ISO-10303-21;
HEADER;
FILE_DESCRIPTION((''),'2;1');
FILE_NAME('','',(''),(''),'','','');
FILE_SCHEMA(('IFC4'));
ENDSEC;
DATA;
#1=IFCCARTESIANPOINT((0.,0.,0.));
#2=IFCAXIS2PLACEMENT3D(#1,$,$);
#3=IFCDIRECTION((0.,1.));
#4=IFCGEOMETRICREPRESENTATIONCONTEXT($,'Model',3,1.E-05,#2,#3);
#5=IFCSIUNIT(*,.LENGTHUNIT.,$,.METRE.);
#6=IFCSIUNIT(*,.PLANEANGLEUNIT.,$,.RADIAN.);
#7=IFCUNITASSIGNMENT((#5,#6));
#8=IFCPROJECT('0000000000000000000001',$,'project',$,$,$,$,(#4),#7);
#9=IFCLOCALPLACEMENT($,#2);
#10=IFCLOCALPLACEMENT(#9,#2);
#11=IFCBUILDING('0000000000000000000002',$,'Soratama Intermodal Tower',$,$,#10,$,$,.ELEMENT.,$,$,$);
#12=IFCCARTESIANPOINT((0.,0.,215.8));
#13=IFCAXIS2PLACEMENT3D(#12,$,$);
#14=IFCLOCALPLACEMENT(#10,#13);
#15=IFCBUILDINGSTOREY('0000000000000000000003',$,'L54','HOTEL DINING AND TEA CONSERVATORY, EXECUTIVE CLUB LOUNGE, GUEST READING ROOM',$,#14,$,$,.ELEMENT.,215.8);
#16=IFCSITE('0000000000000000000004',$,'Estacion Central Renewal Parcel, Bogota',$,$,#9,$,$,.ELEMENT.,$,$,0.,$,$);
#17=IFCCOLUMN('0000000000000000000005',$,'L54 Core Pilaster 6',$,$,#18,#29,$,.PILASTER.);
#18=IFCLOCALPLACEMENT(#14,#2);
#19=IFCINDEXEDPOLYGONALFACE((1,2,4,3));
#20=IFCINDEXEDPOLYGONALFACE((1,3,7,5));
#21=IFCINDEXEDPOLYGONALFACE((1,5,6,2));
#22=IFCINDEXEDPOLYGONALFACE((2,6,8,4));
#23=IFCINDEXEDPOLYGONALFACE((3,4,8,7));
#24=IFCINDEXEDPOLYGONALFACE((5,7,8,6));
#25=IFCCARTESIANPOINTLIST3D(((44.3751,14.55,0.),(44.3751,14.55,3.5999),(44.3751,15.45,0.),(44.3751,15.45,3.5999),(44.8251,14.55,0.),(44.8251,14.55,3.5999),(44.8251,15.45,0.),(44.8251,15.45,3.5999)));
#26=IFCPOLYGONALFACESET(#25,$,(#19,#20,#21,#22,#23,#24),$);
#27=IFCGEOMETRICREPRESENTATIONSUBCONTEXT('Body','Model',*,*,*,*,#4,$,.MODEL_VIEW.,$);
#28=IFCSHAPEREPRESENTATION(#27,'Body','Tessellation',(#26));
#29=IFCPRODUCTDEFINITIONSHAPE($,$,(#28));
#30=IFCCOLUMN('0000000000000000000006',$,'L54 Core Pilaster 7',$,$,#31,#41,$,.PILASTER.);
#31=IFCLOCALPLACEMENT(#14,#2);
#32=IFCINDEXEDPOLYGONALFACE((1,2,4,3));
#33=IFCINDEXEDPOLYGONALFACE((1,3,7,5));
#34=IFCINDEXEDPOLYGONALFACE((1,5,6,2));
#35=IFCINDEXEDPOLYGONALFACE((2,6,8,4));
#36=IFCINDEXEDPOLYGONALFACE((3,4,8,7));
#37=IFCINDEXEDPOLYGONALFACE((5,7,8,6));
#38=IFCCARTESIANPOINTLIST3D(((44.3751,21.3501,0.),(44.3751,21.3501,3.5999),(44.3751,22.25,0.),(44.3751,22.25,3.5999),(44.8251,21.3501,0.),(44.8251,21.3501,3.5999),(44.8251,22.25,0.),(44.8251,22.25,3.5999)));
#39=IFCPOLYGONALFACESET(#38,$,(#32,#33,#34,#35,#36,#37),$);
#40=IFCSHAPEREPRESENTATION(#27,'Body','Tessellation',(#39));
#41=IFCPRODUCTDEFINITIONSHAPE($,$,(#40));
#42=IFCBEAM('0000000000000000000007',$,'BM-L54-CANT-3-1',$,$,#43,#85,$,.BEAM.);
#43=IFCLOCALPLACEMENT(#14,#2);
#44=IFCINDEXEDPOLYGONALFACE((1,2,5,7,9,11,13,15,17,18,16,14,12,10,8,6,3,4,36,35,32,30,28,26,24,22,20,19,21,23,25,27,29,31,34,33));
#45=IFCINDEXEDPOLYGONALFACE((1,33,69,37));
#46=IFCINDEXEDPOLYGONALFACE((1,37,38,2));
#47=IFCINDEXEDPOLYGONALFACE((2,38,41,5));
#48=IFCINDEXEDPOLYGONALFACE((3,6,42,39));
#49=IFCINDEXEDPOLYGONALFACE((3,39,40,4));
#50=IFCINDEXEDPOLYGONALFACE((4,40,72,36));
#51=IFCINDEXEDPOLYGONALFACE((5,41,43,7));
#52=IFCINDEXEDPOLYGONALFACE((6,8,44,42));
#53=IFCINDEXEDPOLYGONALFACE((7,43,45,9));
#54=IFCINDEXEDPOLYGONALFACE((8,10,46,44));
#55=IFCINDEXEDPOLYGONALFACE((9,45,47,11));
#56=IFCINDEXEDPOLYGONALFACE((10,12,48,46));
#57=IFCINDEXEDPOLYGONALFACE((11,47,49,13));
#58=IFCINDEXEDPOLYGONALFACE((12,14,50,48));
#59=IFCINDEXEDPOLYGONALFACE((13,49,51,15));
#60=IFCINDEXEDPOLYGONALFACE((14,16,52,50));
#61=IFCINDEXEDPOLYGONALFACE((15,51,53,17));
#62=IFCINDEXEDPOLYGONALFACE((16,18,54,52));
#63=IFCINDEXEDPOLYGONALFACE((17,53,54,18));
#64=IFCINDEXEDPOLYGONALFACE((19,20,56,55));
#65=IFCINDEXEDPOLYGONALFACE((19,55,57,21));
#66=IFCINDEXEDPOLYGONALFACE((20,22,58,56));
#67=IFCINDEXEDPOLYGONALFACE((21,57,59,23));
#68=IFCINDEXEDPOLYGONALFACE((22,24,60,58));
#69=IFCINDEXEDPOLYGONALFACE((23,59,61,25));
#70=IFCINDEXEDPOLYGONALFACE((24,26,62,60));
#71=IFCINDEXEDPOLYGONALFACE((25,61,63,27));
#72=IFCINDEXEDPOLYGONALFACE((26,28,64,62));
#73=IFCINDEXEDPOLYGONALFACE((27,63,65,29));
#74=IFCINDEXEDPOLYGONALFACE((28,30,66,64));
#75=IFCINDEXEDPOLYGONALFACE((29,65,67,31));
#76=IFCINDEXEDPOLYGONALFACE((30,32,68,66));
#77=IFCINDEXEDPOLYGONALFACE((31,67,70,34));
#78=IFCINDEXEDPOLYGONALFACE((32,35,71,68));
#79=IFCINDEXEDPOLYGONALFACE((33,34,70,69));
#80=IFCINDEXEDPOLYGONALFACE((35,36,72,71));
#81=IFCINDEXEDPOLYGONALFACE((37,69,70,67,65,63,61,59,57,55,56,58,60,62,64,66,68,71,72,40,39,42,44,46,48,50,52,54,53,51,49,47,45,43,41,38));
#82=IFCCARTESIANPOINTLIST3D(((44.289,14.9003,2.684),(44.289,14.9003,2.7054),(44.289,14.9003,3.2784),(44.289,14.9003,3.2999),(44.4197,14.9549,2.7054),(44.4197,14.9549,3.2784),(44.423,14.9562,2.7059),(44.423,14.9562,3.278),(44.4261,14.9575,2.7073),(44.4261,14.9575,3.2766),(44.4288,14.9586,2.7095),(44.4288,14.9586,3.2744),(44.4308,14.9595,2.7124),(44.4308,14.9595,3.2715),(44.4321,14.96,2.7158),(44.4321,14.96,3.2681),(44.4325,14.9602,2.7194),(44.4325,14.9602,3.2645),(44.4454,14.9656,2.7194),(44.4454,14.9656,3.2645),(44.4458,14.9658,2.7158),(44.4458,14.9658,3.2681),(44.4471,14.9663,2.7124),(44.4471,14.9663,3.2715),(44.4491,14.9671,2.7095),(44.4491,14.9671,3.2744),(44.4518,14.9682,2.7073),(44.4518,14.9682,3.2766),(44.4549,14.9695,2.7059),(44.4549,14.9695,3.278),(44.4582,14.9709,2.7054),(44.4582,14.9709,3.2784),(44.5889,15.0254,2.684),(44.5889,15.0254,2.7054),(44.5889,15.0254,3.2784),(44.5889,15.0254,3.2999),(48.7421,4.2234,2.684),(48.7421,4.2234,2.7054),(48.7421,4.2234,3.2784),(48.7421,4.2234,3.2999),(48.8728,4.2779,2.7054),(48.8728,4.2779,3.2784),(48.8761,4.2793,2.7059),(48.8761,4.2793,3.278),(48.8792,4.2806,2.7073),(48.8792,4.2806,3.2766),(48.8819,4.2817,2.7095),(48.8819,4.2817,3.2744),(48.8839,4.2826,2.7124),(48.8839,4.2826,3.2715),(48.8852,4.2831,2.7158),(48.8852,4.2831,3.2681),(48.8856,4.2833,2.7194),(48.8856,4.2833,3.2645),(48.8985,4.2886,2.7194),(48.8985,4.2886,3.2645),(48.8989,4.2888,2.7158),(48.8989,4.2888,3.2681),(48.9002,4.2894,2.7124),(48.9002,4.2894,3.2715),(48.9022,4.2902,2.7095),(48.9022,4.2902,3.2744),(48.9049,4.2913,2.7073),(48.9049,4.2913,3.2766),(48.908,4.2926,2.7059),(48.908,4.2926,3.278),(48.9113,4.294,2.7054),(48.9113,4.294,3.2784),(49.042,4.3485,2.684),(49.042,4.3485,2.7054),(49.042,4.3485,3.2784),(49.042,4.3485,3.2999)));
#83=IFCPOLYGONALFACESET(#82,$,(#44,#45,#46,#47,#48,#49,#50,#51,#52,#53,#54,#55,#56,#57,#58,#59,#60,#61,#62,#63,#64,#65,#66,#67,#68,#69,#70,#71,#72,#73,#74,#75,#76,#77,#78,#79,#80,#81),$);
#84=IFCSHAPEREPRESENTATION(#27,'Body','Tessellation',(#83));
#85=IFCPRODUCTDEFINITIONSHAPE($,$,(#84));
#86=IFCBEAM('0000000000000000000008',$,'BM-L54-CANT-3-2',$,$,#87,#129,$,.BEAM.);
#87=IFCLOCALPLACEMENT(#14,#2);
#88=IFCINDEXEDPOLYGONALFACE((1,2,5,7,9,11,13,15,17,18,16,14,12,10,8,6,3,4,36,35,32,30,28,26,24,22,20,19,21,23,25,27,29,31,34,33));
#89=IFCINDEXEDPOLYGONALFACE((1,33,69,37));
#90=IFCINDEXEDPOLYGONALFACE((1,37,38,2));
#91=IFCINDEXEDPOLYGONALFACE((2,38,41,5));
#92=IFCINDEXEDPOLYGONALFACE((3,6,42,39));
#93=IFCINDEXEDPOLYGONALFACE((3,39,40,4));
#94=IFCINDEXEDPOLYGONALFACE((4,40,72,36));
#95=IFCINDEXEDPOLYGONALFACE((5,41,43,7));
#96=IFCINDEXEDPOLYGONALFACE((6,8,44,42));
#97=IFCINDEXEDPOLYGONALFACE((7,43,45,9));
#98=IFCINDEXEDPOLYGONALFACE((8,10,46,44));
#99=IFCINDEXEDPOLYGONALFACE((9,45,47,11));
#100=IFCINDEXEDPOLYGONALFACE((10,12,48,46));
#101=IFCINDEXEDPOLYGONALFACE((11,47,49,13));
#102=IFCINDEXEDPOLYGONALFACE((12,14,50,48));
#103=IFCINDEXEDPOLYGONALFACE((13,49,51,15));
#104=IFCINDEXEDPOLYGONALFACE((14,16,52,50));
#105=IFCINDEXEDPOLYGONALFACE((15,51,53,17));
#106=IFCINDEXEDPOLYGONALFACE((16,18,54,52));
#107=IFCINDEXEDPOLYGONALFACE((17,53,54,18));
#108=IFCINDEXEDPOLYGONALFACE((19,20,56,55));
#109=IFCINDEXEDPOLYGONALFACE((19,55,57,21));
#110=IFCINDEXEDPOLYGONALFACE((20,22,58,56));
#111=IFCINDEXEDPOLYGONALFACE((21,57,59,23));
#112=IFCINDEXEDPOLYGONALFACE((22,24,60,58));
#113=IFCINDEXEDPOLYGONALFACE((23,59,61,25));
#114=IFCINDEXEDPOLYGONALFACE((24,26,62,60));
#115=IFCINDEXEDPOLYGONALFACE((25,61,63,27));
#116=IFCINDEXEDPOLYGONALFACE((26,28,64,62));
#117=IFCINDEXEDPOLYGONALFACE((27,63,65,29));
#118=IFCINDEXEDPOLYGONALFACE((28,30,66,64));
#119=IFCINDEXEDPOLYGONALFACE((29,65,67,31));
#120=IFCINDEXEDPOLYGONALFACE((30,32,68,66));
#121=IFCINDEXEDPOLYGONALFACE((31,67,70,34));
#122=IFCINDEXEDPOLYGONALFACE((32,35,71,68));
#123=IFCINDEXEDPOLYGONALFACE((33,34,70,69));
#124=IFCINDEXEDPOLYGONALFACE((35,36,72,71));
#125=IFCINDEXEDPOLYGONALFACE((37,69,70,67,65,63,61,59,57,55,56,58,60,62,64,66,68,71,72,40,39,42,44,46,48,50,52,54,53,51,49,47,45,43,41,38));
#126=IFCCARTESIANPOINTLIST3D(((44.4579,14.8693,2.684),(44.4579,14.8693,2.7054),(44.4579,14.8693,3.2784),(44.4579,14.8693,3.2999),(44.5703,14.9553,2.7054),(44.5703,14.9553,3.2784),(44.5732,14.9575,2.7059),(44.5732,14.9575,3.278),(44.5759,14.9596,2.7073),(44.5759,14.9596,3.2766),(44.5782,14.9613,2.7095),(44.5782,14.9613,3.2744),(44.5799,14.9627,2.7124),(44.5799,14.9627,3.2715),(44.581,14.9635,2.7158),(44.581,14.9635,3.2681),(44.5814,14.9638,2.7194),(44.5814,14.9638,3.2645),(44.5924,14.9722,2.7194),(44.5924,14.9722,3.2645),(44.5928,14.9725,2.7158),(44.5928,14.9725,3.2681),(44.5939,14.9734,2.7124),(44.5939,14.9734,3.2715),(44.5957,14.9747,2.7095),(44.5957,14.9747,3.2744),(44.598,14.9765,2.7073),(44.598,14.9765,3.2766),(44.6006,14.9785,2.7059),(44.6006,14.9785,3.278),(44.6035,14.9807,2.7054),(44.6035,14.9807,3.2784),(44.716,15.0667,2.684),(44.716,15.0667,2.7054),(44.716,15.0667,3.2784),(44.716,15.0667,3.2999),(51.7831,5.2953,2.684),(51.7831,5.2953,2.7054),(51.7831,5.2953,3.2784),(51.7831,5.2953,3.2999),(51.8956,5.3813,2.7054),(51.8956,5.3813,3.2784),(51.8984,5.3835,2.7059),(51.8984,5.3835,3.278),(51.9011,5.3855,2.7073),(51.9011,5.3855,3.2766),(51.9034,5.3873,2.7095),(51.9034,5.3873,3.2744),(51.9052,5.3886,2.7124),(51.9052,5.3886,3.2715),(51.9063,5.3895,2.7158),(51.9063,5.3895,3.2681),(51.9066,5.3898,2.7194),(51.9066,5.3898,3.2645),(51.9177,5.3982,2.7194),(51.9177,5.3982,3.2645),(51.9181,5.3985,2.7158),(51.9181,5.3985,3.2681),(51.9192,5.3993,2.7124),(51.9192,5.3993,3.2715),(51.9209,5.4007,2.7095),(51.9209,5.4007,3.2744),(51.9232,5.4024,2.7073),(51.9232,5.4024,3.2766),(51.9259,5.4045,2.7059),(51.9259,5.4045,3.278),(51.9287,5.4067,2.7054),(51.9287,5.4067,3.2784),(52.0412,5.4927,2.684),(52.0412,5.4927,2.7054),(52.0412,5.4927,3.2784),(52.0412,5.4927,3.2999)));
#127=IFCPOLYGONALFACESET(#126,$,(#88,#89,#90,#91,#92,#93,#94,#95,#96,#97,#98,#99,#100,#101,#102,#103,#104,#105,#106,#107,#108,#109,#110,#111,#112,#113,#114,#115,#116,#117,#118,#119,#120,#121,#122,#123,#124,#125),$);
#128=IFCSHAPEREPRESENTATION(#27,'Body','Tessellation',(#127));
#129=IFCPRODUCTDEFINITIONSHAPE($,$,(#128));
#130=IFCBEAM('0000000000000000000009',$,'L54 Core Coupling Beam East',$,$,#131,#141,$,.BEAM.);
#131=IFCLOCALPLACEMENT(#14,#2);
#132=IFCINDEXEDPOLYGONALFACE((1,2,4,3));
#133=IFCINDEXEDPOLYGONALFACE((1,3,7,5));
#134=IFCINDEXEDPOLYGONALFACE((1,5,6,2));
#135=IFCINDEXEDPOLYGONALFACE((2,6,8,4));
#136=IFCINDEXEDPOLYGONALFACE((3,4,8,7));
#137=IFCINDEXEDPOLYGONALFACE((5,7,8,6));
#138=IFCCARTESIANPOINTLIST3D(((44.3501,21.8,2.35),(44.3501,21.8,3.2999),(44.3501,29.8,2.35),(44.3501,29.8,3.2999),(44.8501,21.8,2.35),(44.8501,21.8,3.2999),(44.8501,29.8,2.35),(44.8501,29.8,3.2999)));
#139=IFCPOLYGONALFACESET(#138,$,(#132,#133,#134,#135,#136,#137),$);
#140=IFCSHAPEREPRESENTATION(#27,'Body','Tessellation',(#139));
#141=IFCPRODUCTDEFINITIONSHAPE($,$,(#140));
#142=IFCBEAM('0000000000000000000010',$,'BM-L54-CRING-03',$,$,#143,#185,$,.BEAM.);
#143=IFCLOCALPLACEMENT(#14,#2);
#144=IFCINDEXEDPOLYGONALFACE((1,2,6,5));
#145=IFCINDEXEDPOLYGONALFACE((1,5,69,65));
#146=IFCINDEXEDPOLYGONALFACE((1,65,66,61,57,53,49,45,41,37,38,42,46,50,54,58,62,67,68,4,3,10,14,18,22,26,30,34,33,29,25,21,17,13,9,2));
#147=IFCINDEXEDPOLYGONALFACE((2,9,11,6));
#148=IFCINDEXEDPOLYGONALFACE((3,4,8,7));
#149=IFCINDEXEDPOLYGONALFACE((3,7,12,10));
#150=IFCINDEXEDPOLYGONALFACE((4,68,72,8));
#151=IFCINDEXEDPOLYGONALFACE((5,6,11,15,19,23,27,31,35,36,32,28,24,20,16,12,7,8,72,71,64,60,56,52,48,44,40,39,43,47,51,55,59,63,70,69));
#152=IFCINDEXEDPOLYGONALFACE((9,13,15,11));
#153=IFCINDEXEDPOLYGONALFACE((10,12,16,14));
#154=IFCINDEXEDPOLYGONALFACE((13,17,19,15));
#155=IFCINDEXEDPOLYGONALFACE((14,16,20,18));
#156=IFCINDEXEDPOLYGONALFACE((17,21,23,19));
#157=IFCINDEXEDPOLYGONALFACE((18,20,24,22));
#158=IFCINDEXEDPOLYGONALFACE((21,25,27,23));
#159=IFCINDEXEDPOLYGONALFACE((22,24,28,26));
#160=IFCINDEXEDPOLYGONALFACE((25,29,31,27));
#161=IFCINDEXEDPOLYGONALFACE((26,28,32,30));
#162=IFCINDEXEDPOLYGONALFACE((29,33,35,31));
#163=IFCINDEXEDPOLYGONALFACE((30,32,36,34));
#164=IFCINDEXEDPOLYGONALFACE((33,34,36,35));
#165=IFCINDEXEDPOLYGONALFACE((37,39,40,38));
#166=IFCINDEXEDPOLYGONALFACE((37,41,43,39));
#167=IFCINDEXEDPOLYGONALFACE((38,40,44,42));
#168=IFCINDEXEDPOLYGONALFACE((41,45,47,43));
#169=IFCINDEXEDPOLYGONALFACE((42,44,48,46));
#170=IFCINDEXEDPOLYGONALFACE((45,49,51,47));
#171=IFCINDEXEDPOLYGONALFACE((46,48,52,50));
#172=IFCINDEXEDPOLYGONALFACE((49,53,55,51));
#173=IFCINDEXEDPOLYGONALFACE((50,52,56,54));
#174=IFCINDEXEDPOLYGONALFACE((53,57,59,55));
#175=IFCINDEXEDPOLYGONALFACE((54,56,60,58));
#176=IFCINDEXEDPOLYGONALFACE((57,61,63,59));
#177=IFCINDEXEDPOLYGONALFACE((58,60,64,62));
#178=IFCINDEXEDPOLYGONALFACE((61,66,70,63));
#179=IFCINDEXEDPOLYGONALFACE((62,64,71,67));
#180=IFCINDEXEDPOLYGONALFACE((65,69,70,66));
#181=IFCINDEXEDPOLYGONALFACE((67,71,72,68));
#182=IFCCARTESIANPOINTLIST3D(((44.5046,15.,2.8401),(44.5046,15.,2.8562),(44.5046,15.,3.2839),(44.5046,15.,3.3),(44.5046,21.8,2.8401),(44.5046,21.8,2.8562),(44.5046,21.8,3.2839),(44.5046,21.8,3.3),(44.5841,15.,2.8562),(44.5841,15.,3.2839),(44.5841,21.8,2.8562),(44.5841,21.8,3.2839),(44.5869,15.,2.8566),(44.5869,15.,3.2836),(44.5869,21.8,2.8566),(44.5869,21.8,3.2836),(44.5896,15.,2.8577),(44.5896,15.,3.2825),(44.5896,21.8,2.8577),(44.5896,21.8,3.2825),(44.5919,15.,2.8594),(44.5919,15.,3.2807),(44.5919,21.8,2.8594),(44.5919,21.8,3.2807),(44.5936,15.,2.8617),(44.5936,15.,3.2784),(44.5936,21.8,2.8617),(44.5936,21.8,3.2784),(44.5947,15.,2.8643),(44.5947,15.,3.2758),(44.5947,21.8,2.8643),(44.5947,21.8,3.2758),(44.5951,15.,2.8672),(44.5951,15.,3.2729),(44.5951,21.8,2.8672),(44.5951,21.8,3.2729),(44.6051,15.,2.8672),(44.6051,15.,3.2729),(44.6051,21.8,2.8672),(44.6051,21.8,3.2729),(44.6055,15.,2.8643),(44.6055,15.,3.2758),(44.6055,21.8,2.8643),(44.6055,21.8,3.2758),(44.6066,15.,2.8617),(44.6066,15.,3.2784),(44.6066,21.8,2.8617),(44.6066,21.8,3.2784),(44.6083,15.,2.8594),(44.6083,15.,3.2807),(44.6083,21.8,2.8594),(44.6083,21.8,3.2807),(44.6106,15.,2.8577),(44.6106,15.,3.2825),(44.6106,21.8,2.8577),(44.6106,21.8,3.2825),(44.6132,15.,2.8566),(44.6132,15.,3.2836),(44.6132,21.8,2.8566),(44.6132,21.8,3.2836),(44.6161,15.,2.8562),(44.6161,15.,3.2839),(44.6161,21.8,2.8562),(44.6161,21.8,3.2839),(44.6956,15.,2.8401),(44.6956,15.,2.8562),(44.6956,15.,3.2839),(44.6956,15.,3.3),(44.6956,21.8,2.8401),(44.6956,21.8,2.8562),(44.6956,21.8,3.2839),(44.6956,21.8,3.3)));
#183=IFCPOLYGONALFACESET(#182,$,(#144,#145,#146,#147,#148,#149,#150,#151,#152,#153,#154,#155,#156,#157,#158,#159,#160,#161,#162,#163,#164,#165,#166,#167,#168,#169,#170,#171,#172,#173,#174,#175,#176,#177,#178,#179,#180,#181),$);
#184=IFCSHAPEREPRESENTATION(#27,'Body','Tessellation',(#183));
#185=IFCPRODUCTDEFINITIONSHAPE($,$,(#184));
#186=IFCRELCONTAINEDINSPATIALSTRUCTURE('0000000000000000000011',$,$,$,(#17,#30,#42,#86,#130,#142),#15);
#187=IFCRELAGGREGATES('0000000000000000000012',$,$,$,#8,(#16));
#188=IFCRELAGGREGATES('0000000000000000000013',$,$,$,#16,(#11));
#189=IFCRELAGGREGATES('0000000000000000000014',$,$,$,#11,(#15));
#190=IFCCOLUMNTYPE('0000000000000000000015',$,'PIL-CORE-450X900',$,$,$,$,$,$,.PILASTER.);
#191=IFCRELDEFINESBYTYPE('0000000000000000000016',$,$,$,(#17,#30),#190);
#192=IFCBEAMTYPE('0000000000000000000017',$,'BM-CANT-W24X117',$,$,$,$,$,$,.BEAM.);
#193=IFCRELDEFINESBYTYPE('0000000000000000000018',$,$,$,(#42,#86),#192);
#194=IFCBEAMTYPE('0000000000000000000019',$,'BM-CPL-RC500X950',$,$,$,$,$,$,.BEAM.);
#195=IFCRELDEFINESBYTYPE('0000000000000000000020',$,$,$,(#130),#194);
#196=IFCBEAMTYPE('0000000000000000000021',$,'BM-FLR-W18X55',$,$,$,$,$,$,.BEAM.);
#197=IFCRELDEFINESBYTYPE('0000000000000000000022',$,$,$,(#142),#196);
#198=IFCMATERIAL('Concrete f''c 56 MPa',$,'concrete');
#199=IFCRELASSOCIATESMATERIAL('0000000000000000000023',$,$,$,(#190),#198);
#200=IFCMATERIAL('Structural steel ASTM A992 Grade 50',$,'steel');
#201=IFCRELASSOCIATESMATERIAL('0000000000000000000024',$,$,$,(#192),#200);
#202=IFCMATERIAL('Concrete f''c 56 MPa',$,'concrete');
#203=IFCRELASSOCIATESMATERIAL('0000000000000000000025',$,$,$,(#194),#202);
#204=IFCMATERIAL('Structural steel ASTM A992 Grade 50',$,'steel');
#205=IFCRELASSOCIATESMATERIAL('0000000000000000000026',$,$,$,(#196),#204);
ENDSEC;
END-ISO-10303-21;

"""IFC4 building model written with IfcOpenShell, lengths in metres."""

from ifc_helpers import new_model, si_unit, direction, frame, origin, origin_2d, place, context, subcontext, project, spatial, rectangle, i_section, extrude, material, material_profile, profile_set, type_object, element, save


model = new_model("IFC4")

# Units and contexts
model_context = context("Model", 3, precision=1e-05, world=origin(), true_north=direction((0.0, 1.0)))
body_context = subcontext(model_context, "Body", "Model", "MODEL_VIEW")
ifc_project = project(units=[si_unit("LENGTHUNIT", "METRE"), si_unit("PLANEANGLEUNIT", "RADIAN")], contexts=[model_context])

# Site, building, storey
site_placement = place(None, origin())
site = spatial("IfcSite", under=ifc_project, at=site_placement, Name="Estacion Central Renewal Parcel, Bogota", CompositionType="ELEMENT", RefElevation=0.0)
building_placement = place(site_placement, origin())
building = spatial("IfcBuilding", under=site, at=building_placement, Name="Soratama Intermodal Tower", CompositionType="ELEMENT")
storey_placement = place(building_placement, frame((0.0, 0.0, 215.8)))
storey = spatial("IfcBuildingStorey", under=building, at=storey_placement, Name="L54", Description="HOTEL DINING AND TEA CONSERVATORY, EXECUTIVE CLUB LOUNGE, GUEST READING ROOM", CompositionType="ELEMENT", Elevation=215.8)

# Columns
ifc_material_1 = material(Name="Concrete f'c 56 MPa", Category="concrete")
ifc_material_profile_1 = material_profile(ifc_material_1, rectangle(XDim=0.45, YDim=0.8999, at=origin_2d()), Name="RC450X900")
ifc_profile_set_1 = profile_set([ifc_material_profile_1], Name="Concrete f'c 56 MPa")
column_type = type_object("IfcColumnType", Name="PIL-CORE-450X900", PredefinedType="PILASTER", material=ifc_profile_set_1)
for number, where, z_axis, x_axis, name in (
    (1, (44.6001, 15.0, 0.0), (0.0, 0.0, 1.0), (1.0, 0.0, 0.0), "L54 Core Pilaster 6"),
    (2, (44.6001, 21.8, 0.0), (0.0, 0.0, 1.0), (1.0, 0.0, 0.0), "L54 Core Pilaster 7"),
):
    element("IfcColumn", number, at=place(storey_placement, frame(where, z_axis=z_axis, x_axis=x_axis)), inside=storey, type_object=column_type, Name=name, PredefinedType="PILASTER", context=body_context, shape_type="SweptSolid", body=[
        extrude(rectangle(XDim=0.45, YDim=0.8999, at=origin_2d()), origin(), (0.0, 0.0, 1.0), 3.5999),
    ])

# Beams
ifc_material_2 = material(Name="Structural steel ASTM A992 Grade 50", Category="steel")
ifc_material_profile_2 = material_profile(ifc_material_2, i_section(OverallWidth=0.325, OverallDepth=0.616, WebThickness=0.0139, FlangeThickness=0.0215, FilletRadius=0.0139, at=origin_2d()), Name="W24X117")
ifc_profile_set_2 = profile_set([ifc_material_profile_2], Name="Structural steel ASTM A992 Grade 50")
beam_type_1 = type_object("IfcBeamType", Name="BM-CANT-W24X117", PredefinedType="BEAM", material=ifc_profile_set_2)
beam_1_placement = place(storey_placement, frame((44.439, 14.9629, 2.9919), z_axis=(0.384938, -0.922943, 0.0), x_axis=(0.922943, 0.384938, 0.0)))
element("IfcBeam", 3, at=beam_1_placement, inside=storey, type_object=beam_type_1, Name="BM-L54-CANT-3-1", PredefinedType="BEAM", context=body_context, shape_type="SweptSolid", body=[
    extrude(i_section(OverallWidth=0.325, OverallDepth=0.616, WebThickness=0.0139, FlangeThickness=0.0215, FilletRadius=0.0139, at=origin_2d()), origin(), (0.0, 0.0, 1.0), 11.5684),
])
beam_2_placement = place(storey_placement, frame((44.5869, 14.968, 2.9919), z_axis=(0.607655, -0.794201, 0.0), x_axis=(0.794201, 0.607655, 0.0)))
element("IfcBeam", 4, at=beam_2_placement, inside=storey, type_object=beam_type_1, Name="BM-L54-CANT-3-2", PredefinedType="BEAM", context=body_context, shape_type="SweptSolid", body=[
    extrude(i_section(OverallWidth=0.325, OverallDepth=0.616, WebThickness=0.0139, FlangeThickness=0.0215, FilletRadius=0.0139, at=origin_2d()), origin(), (0.0, 0.0, 1.0), 12.0549),
])
ifc_material_3 = material(Name="Concrete f'c 56 MPa", Category="concrete")
ifc_material_profile_3 = material_profile(ifc_material_3, rectangle(XDim=0.5, YDim=0.95, at=origin_2d()), Name="RC500X950")
ifc_profile_set_3 = profile_set([ifc_material_profile_3], Name="Concrete f'c 56 MPa")
beam_type_2 = type_object("IfcBeamType", Name="BM-CPL-RC500X950", PredefinedType="BEAM", material=ifc_profile_set_3)
beam_3_placement = place(storey_placement, frame((44.6001, 21.8, 2.825), z_axis=(0.0, 1.0, 0.0), x_axis=(-1.0, 0.0, 0.0)))
element("IfcBeam", 5, at=beam_3_placement, inside=storey, type_object=beam_type_2, Name="L54 Core Coupling Beam East", PredefinedType="BEAM", context=body_context, shape_type="SweptSolid", body=[
    extrude(rectangle(XDim=0.5, YDim=0.95, at=origin_2d()), origin(), (0.0, 0.0, 1.0), 8.0),
])
ifc_material_4 = material(Name="Structural steel ASTM A992 Grade 50", Category="steel")
ifc_material_profile_4 = material_profile(ifc_material_4, i_section(OverallWidth=0.1909, OverallDepth=0.46, WebThickness=0.01, FlangeThickness=0.0161, FilletRadius=0.011, at=origin_2d()), Name="W18X55")
ifc_profile_set_4 = profile_set([ifc_material_profile_4], Name="Structural steel ASTM A992 Grade 50")
beam_type_3 = type_object("IfcBeamType", Name="BM-FLR-W18X55", PredefinedType="BEAM", material=ifc_profile_set_4)
beam_4_placement = place(storey_placement, frame((44.6001, 15.0, 3.0701), z_axis=(0.0, 1.0, 0.0), x_axis=(-1.0, 0.0, 0.0)))
element("IfcBeam", 6, at=beam_4_placement, inside=storey, type_object=beam_type_3, Name="BM-L54-CRING-03", PredefinedType="BEAM", context=body_context, shape_type="SweptSolid", body=[
    extrude(i_section(OverallWidth=0.1909, OverallDepth=0.46, WebThickness=0.01, FlangeThickness=0.0161, FilletRadius=0.011, at=origin_2d()), origin(), (0.0, 0.0, 1.0), 6.8),
])

save(model, "model.ifc")
